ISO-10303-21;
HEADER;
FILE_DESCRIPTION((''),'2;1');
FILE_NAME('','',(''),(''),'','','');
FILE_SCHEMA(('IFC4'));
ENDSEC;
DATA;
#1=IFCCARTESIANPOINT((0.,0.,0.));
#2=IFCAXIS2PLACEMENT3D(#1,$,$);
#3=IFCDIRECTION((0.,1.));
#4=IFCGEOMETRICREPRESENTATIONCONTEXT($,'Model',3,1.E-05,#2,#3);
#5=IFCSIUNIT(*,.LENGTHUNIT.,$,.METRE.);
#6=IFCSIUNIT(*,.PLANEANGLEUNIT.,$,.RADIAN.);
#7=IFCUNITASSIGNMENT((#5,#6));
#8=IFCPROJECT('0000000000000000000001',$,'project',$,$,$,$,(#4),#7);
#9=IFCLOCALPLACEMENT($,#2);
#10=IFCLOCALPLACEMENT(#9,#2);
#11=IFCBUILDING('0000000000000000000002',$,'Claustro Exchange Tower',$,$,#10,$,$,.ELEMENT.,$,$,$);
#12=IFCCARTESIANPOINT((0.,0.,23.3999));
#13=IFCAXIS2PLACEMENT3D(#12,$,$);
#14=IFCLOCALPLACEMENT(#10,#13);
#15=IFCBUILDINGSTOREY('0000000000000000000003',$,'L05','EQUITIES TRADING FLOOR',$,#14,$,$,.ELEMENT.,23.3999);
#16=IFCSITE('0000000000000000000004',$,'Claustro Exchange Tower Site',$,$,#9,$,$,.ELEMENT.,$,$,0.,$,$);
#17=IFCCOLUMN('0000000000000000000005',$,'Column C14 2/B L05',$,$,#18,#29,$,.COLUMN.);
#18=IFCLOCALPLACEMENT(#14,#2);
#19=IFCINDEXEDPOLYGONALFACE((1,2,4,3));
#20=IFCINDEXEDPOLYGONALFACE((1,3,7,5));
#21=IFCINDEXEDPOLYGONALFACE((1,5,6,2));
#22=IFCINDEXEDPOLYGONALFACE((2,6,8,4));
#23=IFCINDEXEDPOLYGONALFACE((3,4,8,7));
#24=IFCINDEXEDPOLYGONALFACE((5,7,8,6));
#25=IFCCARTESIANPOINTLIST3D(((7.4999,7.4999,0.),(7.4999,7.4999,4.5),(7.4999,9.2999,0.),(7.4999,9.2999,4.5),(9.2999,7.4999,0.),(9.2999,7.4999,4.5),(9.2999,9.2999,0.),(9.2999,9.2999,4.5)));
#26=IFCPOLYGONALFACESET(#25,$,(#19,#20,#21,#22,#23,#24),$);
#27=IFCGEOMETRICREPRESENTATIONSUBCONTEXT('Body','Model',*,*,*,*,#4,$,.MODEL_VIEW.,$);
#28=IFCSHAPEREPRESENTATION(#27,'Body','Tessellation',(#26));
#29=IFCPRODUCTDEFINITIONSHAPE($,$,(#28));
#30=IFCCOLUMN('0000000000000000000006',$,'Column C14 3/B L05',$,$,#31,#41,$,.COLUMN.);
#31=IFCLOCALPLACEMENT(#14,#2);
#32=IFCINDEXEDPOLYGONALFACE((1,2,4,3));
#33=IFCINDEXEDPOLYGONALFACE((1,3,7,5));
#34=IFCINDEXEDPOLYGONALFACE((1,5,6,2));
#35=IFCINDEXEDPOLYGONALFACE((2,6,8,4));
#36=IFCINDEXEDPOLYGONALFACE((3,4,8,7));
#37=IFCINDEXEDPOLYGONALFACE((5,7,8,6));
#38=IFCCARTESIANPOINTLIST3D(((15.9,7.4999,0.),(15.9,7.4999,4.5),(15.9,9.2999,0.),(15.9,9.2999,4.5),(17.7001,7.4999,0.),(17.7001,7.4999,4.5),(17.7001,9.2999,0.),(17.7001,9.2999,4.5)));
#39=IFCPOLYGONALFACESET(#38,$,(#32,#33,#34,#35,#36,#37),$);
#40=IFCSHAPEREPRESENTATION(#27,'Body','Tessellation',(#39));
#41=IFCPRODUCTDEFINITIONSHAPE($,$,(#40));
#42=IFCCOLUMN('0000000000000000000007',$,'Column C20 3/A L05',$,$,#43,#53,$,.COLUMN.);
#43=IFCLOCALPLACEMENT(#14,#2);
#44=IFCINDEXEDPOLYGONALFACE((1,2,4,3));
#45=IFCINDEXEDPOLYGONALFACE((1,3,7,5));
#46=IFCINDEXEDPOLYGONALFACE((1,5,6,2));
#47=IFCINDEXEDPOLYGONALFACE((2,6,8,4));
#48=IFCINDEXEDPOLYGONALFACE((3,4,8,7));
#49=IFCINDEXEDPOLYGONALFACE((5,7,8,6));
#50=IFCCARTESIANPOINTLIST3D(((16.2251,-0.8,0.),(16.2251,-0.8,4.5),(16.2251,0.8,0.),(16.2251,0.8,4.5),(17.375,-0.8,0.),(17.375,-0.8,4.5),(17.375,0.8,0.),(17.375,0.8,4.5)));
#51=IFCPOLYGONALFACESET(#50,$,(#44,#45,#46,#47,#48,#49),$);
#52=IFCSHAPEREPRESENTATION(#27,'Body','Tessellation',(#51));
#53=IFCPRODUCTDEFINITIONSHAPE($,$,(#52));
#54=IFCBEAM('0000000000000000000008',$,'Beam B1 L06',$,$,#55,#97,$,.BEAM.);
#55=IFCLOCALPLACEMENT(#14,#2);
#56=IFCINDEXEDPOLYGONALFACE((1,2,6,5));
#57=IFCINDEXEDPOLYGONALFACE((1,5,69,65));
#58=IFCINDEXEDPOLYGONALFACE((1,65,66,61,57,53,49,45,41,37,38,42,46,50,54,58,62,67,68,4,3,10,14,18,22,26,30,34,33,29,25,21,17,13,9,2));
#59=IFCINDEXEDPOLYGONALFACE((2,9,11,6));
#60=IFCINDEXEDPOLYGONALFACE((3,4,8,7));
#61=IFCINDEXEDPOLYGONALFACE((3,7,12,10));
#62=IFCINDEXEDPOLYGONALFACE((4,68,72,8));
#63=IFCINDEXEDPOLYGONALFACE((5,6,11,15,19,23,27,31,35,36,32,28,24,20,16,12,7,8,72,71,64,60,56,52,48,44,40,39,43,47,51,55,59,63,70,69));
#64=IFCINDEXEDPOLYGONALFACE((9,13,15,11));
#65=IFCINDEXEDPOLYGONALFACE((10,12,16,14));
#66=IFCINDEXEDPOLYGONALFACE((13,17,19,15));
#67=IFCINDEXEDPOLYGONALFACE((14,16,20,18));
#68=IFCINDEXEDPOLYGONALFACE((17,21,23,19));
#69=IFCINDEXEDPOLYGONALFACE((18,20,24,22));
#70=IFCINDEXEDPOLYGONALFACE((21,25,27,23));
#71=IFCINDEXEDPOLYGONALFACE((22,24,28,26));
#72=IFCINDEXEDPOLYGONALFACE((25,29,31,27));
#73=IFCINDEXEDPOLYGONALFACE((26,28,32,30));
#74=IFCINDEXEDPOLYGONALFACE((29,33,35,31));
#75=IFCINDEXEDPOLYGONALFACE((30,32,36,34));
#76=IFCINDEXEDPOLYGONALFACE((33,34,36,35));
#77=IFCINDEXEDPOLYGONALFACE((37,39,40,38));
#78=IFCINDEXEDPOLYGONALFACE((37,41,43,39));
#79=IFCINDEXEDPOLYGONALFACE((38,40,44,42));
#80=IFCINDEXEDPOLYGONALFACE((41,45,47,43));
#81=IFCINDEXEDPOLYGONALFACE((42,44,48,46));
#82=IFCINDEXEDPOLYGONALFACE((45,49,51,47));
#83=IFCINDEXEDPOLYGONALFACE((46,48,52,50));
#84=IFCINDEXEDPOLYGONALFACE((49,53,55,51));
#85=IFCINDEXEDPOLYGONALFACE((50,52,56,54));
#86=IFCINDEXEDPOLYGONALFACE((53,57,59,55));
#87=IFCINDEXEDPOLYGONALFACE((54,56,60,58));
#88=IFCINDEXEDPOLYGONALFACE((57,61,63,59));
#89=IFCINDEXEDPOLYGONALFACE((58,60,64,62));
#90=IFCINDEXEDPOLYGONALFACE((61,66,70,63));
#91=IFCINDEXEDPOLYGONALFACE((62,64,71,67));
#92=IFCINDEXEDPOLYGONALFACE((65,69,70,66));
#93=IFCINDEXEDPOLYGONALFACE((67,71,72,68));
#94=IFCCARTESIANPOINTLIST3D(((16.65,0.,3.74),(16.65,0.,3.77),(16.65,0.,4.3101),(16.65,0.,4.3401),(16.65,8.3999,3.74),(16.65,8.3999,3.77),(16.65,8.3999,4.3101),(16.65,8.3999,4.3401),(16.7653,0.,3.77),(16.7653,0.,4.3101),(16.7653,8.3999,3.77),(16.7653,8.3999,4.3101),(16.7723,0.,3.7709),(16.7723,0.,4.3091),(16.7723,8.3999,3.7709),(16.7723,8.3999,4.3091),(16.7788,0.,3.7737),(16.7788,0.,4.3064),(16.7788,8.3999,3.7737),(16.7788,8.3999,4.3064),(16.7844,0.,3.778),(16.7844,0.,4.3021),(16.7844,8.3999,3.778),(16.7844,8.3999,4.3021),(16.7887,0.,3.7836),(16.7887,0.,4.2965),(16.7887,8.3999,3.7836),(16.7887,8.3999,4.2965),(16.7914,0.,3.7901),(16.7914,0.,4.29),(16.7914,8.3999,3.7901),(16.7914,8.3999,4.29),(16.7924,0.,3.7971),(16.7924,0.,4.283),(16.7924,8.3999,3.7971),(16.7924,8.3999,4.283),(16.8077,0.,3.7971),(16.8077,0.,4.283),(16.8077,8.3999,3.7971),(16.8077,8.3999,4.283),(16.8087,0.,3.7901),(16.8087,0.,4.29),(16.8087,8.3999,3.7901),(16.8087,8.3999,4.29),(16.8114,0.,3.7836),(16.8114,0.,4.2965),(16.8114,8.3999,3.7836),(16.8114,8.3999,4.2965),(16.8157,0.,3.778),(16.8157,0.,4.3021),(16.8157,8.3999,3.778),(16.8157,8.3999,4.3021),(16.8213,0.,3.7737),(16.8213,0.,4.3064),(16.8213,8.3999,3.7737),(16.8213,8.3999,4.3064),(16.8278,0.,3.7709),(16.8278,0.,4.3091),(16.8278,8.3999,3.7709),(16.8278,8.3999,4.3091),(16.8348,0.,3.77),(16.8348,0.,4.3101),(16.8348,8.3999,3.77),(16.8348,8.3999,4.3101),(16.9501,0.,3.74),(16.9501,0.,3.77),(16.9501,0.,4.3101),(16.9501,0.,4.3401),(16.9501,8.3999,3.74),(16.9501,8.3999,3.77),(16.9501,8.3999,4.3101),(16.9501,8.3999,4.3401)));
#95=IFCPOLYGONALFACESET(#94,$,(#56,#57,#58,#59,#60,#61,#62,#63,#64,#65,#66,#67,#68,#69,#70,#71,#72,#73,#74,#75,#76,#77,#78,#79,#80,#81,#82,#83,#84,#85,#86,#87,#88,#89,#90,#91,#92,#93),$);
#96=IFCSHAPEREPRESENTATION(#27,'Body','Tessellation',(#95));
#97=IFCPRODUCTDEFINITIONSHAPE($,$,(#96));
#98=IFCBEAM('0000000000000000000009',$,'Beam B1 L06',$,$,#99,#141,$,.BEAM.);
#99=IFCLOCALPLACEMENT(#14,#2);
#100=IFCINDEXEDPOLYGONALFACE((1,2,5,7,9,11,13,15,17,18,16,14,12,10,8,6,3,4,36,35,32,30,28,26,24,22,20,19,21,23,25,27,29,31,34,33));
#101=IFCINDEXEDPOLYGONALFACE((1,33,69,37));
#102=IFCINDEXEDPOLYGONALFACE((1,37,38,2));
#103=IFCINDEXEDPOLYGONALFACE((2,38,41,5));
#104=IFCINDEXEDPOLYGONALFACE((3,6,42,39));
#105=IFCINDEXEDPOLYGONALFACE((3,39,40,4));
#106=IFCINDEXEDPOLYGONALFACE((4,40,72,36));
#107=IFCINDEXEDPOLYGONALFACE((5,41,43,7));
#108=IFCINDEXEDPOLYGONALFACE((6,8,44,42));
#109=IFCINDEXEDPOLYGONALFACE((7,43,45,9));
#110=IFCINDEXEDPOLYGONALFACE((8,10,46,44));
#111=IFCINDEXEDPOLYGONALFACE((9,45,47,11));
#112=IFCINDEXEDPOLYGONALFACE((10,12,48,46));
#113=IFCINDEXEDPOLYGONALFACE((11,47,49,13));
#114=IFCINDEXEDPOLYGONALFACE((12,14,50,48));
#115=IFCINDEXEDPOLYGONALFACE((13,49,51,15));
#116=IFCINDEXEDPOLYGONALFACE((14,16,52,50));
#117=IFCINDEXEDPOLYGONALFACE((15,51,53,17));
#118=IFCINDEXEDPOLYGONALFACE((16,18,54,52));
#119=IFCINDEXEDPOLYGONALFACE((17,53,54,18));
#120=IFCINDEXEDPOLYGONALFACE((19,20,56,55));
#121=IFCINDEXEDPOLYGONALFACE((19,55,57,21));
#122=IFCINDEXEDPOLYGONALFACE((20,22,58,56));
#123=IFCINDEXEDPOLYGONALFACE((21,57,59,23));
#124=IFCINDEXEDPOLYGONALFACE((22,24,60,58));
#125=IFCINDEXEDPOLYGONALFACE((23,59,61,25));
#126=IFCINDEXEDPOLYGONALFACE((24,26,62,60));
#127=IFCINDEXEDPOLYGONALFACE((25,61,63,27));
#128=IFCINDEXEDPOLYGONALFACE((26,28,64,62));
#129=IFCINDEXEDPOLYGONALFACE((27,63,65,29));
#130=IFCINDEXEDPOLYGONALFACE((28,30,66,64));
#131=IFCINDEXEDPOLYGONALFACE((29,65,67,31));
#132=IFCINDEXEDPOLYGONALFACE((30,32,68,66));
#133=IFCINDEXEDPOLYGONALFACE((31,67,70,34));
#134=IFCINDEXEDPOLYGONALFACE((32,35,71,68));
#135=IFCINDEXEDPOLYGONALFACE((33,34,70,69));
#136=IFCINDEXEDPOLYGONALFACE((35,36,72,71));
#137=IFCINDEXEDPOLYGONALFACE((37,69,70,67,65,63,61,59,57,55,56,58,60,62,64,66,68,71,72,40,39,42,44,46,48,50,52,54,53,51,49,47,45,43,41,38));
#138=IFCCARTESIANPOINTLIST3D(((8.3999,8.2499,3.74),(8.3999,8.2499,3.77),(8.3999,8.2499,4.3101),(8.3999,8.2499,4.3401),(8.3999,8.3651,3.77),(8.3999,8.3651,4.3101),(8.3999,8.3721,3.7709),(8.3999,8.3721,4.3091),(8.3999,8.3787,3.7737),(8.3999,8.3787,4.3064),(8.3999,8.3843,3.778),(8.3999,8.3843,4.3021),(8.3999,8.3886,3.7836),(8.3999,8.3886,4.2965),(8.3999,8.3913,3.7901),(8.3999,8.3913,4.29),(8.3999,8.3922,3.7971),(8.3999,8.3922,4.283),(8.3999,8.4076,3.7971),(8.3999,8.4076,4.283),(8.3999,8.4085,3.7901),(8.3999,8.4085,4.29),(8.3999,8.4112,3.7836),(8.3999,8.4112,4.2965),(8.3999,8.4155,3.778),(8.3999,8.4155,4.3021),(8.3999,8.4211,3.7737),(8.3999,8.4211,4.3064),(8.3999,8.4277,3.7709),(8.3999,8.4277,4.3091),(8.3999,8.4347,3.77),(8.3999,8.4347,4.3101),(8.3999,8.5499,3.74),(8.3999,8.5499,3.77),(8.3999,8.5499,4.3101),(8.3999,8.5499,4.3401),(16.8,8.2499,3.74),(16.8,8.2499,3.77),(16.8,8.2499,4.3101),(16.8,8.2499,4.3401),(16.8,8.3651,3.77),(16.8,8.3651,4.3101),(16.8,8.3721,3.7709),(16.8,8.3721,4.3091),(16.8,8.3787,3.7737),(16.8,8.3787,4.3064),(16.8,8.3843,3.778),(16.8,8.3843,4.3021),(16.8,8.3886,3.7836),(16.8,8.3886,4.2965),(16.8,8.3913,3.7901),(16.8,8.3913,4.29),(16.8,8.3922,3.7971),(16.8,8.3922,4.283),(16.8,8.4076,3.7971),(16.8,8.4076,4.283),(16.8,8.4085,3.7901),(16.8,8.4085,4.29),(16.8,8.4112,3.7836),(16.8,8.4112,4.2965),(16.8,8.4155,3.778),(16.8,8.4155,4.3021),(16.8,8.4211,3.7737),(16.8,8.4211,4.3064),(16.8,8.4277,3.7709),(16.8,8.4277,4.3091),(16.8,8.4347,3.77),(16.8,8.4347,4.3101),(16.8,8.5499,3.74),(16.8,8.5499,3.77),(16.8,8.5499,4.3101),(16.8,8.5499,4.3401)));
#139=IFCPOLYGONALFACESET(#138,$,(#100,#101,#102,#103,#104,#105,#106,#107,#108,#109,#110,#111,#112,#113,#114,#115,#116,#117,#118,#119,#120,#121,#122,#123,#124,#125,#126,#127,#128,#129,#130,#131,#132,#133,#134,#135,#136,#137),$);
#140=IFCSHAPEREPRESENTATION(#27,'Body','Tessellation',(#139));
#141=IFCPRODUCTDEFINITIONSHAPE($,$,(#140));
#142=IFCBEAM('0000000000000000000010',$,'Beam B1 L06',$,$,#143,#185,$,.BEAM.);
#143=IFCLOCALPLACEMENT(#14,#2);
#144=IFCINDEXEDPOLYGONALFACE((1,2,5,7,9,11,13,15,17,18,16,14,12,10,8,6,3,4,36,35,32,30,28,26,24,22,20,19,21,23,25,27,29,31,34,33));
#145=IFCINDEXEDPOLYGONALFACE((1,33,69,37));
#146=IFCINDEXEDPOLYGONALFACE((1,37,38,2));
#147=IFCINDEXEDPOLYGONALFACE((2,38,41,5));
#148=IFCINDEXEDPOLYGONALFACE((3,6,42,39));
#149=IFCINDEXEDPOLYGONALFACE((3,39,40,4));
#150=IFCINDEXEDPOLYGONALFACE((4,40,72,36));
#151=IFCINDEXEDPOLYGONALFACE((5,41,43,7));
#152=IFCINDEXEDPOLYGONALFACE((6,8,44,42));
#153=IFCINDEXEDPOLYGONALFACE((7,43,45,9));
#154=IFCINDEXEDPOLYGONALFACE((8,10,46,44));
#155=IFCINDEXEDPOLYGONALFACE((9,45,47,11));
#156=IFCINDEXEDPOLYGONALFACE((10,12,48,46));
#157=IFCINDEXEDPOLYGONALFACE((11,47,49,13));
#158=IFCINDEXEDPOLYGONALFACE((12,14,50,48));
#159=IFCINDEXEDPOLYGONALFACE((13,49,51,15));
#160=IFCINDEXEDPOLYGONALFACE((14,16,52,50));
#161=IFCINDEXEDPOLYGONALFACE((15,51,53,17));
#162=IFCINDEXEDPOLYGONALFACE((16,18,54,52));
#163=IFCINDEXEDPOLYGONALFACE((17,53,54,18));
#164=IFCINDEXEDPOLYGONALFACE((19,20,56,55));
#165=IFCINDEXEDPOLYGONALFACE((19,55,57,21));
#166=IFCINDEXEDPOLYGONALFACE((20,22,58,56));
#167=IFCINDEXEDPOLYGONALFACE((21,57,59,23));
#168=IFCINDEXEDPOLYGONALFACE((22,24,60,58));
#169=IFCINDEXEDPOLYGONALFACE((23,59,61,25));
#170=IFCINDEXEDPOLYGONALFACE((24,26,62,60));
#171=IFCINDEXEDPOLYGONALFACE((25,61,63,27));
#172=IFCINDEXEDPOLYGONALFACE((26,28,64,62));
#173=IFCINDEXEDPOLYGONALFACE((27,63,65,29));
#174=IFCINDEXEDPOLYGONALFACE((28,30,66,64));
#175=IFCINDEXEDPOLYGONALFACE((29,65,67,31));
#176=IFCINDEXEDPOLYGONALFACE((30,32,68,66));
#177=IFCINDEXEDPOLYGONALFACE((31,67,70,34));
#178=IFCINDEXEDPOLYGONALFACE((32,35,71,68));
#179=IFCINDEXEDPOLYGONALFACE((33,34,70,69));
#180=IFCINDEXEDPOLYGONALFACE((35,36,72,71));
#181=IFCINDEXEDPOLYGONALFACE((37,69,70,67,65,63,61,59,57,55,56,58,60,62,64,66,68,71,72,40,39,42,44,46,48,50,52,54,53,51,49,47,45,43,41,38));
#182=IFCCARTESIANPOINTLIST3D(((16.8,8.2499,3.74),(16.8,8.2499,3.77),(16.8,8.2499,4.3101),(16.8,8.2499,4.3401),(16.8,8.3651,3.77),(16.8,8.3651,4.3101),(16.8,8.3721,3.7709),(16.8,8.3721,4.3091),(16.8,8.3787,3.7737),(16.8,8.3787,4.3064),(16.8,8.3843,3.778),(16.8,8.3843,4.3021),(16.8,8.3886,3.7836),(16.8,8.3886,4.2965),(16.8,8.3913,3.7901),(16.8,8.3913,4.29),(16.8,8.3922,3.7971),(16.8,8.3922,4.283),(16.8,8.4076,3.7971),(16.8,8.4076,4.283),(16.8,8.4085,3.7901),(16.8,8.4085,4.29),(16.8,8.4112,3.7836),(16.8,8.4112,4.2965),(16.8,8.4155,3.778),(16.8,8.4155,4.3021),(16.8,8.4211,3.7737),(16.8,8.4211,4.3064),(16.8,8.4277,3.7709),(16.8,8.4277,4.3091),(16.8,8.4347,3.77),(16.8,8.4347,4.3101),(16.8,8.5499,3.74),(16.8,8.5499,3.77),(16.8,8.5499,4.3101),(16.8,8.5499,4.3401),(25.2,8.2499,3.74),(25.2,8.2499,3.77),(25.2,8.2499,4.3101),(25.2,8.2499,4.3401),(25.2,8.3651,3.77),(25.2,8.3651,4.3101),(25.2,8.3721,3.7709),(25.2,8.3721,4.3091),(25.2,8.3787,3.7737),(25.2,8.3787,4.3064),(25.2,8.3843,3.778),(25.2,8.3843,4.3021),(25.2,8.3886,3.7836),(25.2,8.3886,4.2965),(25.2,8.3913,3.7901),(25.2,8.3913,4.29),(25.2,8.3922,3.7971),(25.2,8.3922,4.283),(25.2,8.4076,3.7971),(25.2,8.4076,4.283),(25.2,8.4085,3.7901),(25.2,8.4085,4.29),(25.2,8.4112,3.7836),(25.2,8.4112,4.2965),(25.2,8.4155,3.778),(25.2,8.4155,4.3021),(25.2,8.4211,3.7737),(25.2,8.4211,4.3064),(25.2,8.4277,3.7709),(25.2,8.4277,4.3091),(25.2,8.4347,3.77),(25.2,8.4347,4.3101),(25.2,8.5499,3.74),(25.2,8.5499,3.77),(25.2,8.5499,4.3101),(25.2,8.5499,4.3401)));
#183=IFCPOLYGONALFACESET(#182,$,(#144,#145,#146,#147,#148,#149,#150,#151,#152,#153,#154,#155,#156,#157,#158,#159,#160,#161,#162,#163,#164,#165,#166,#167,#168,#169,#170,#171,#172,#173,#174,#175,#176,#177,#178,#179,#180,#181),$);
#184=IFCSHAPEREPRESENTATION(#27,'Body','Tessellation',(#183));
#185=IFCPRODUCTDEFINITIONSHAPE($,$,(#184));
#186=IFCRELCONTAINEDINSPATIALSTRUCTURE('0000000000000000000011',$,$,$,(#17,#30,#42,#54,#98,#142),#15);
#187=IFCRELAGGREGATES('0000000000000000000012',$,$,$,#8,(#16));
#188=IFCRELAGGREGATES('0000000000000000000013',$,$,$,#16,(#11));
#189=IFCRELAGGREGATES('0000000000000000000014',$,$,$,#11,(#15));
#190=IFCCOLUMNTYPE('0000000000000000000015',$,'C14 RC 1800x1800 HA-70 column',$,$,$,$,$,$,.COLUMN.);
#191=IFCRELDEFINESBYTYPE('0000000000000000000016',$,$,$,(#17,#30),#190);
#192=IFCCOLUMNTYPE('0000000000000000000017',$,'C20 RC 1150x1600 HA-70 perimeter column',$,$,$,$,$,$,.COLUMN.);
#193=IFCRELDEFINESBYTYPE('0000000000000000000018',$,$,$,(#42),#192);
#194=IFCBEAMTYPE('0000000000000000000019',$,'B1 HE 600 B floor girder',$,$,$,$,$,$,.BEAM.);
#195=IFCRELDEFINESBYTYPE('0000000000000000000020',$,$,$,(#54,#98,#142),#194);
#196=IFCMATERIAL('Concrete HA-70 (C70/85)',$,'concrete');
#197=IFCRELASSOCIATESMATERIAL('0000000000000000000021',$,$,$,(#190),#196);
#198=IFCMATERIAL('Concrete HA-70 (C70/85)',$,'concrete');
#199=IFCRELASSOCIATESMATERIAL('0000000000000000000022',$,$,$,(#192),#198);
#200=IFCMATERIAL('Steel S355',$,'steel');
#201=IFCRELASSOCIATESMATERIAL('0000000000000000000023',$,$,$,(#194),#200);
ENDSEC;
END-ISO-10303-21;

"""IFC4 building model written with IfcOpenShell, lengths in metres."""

from ifc_helpers import new_model, si_unit, direction, frame, origin, origin_2d, place, context, subcontext, project, spatial, rectangle, i_section, extrude, material, material_profile, profile_set, type_object, element, save


model = new_model("IFC4")

# Units and contexts
model_context = context("Model", 3, precision=1e-05, world=origin(), true_north=direction((0.0, 1.0)))
body_context = subcontext(model_context, "Body", "Model", "MODEL_VIEW")
ifc_project = project(units=[si_unit("LENGTHUNIT", "METRE"), si_unit("PLANEANGLEUNIT", "RADIAN")], contexts=[model_context])

# Site, building, storey
site_placement = place(None, origin())
site = spatial("IfcSite", under=ifc_project, at=site_placement, Name="Claustro Exchange Tower Site", CompositionType="ELEMENT", RefElevation=0.0)
building_placement = place(site_placement, origin())
building = spatial("IfcBuilding", under=site, at=building_placement, Name="Claustro Exchange Tower", CompositionType="ELEMENT")
storey_placement = place(building_placement, frame((0.0, 0.0, 23.3999)))
storey = spatial("IfcBuildingStorey", under=building, at=storey_placement, Name="L05", Description="EQUITIES TRADING FLOOR", CompositionType="ELEMENT", Elevation=23.3999)

# Columns
ifc_material_1 = material(Name="Concrete HA-70 (C70/85)", Category="concrete")
ifc_material_profile_1 = material_profile(ifc_material_1, rectangle(XDim=1.8, YDim=1.8, at=origin_2d()), Name="RC 1800x1800")
ifc_profile_set_1 = profile_set([ifc_material_profile_1], Name="Concrete HA-70 (C70/85)")
column_type_1 = type_object("IfcColumnType", Name="C14 RC 1800x1800 HA-70 column", PredefinedType="COLUMN", material=ifc_profile_set_1)
for number, where, z_axis, x_axis, name in (
    (1, (8.3999, 8.3999, 0.0), (0.0, 0.0, 1.0), (1.0, 0.0, 0.0), "Column C14 2/B L05"),
    (2, (16.8, 8.3999, 0.0), (0.0, 0.0, 1.0), (1.0, 0.0, 0.0), "Column C14 3/B L05"),
):
    element("IfcColumn", number, at=place(storey_placement, frame(where, z_axis=z_axis, x_axis=x_axis)), inside=storey, type_object=column_type_1, Name=name, PredefinedType="COLUMN", context=body_context, shape_type="SweptSolid", body=[
        extrude(rectangle(XDim=1.8, YDim=1.8, at=origin_2d()), origin(), (0.0, 0.0, 1.0), 4.5),
    ])
ifc_material_2 = material(Name="Concrete HA-70 (C70/85)", Category="concrete")
ifc_material_profile_2 = material_profile(ifc_material_2, rectangle(XDim=1.1499, YDim=1.6001, at=origin_2d()), Name="RC 1150x1600")
ifc_profile_set_2 = profile_set([ifc_material_profile_2], Name="Concrete HA-70 (C70/85)")
column_type_2 = type_object("IfcColumnType", Name="C20 RC 1150x1600 HA-70 perimeter column", PredefinedType="COLUMN", material=ifc_profile_set_2)
column_placement = place(storey_placement, frame((16.8, 0.0, 0.0), z_axis=(0.0, 0.0, 1.0), x_axis=(1.0, 0.0, 0.0)))
element("IfcColumn", 3, at=column_placement, inside=storey, type_object=column_type_2, Name="Column C20 3/A L05", PredefinedType="COLUMN", context=body_context, shape_type="SweptSolid", body=[
    extrude(rectangle(XDim=1.1499, YDim=1.6001, at=origin_2d()), origin(), (0.0, 0.0, 1.0), 4.5),
])

# Beams
ifc_material_3 = material(Name="Steel S355", Category="steel")
ifc_material_profile_3 = material_profile(ifc_material_3, i_section(OverallWidth=0.3, OverallDepth=0.6001, WebThickness=0.0154, FlangeThickness=0.03, FilletRadius=0.0271, at=origin_2d()), Name="HE 600 B")
ifc_profile_set_3 = profile_set([ifc_material_profile_3], Name="Steel S355")
beam_type_1 = type_object("IfcBeamType", Name="B1 HE 600 B floor girder", PredefinedType="BEAM", material=ifc_profile_set_3)
beam_1_placement = place(storey_placement, frame((16.8, 0.0, 4.04), z_axis=(0.0, 1.0, 0.0), x_axis=(-1.0, 0.0, 0.0)))
element("IfcBeam", 4, at=beam_1_placement, inside=storey, type_object=beam_type_1, Name="Beam B1 L06", PredefinedType="BEAM", context=body_context, shape_type="SweptSolid", body=[
    extrude(i_section(OverallWidth=0.3, OverallDepth=0.6001, WebThickness=0.0154, FlangeThickness=0.03, FilletRadius=0.0271, at=origin_2d()), origin(), (0.0, 0.0, 1.0), 8.3999),
])
beam_2_placement = place(storey_placement, frame((8.3999, 8.3999, 4.04), z_axis=(1.0, 0.0, 0.0), x_axis=(0.0, 1.0, 0.0)))
element("IfcBeam", 5, at=beam_2_placement, inside=storey, type_object=beam_type_1, Name="Beam B1 L06", PredefinedType="BEAM", context=body_context, shape_type="SweptSolid", body=[
    extrude(i_section(OverallWidth=0.3, OverallDepth=0.6001, WebThickness=0.0154, FlangeThickness=0.03, FilletRadius=0.0271, at=origin_2d()), origin(), (0.0, 0.0, 1.0), 8.4001),
])
beam_3_placement = place(storey_placement, frame((16.8, 8.3999, 4.04), z_axis=(1.0, 0.0, 0.0), x_axis=(0.0, 1.0, 0.0)))
element("IfcBeam", 6, at=beam_3_placement, inside=storey, type_object=beam_type_1, Name="Beam B1 L06", PredefinedType="BEAM", context=body_context, shape_type="SweptSolid", body=[
    extrude(i_section(OverallWidth=0.3, OverallDepth=0.6001, WebThickness=0.0154, FlangeThickness=0.03, FilletRadius=0.0271, at=origin_2d()), origin(), (0.0, 0.0, 1.0), 8.3999),
])

save(model, "model.ifc")
